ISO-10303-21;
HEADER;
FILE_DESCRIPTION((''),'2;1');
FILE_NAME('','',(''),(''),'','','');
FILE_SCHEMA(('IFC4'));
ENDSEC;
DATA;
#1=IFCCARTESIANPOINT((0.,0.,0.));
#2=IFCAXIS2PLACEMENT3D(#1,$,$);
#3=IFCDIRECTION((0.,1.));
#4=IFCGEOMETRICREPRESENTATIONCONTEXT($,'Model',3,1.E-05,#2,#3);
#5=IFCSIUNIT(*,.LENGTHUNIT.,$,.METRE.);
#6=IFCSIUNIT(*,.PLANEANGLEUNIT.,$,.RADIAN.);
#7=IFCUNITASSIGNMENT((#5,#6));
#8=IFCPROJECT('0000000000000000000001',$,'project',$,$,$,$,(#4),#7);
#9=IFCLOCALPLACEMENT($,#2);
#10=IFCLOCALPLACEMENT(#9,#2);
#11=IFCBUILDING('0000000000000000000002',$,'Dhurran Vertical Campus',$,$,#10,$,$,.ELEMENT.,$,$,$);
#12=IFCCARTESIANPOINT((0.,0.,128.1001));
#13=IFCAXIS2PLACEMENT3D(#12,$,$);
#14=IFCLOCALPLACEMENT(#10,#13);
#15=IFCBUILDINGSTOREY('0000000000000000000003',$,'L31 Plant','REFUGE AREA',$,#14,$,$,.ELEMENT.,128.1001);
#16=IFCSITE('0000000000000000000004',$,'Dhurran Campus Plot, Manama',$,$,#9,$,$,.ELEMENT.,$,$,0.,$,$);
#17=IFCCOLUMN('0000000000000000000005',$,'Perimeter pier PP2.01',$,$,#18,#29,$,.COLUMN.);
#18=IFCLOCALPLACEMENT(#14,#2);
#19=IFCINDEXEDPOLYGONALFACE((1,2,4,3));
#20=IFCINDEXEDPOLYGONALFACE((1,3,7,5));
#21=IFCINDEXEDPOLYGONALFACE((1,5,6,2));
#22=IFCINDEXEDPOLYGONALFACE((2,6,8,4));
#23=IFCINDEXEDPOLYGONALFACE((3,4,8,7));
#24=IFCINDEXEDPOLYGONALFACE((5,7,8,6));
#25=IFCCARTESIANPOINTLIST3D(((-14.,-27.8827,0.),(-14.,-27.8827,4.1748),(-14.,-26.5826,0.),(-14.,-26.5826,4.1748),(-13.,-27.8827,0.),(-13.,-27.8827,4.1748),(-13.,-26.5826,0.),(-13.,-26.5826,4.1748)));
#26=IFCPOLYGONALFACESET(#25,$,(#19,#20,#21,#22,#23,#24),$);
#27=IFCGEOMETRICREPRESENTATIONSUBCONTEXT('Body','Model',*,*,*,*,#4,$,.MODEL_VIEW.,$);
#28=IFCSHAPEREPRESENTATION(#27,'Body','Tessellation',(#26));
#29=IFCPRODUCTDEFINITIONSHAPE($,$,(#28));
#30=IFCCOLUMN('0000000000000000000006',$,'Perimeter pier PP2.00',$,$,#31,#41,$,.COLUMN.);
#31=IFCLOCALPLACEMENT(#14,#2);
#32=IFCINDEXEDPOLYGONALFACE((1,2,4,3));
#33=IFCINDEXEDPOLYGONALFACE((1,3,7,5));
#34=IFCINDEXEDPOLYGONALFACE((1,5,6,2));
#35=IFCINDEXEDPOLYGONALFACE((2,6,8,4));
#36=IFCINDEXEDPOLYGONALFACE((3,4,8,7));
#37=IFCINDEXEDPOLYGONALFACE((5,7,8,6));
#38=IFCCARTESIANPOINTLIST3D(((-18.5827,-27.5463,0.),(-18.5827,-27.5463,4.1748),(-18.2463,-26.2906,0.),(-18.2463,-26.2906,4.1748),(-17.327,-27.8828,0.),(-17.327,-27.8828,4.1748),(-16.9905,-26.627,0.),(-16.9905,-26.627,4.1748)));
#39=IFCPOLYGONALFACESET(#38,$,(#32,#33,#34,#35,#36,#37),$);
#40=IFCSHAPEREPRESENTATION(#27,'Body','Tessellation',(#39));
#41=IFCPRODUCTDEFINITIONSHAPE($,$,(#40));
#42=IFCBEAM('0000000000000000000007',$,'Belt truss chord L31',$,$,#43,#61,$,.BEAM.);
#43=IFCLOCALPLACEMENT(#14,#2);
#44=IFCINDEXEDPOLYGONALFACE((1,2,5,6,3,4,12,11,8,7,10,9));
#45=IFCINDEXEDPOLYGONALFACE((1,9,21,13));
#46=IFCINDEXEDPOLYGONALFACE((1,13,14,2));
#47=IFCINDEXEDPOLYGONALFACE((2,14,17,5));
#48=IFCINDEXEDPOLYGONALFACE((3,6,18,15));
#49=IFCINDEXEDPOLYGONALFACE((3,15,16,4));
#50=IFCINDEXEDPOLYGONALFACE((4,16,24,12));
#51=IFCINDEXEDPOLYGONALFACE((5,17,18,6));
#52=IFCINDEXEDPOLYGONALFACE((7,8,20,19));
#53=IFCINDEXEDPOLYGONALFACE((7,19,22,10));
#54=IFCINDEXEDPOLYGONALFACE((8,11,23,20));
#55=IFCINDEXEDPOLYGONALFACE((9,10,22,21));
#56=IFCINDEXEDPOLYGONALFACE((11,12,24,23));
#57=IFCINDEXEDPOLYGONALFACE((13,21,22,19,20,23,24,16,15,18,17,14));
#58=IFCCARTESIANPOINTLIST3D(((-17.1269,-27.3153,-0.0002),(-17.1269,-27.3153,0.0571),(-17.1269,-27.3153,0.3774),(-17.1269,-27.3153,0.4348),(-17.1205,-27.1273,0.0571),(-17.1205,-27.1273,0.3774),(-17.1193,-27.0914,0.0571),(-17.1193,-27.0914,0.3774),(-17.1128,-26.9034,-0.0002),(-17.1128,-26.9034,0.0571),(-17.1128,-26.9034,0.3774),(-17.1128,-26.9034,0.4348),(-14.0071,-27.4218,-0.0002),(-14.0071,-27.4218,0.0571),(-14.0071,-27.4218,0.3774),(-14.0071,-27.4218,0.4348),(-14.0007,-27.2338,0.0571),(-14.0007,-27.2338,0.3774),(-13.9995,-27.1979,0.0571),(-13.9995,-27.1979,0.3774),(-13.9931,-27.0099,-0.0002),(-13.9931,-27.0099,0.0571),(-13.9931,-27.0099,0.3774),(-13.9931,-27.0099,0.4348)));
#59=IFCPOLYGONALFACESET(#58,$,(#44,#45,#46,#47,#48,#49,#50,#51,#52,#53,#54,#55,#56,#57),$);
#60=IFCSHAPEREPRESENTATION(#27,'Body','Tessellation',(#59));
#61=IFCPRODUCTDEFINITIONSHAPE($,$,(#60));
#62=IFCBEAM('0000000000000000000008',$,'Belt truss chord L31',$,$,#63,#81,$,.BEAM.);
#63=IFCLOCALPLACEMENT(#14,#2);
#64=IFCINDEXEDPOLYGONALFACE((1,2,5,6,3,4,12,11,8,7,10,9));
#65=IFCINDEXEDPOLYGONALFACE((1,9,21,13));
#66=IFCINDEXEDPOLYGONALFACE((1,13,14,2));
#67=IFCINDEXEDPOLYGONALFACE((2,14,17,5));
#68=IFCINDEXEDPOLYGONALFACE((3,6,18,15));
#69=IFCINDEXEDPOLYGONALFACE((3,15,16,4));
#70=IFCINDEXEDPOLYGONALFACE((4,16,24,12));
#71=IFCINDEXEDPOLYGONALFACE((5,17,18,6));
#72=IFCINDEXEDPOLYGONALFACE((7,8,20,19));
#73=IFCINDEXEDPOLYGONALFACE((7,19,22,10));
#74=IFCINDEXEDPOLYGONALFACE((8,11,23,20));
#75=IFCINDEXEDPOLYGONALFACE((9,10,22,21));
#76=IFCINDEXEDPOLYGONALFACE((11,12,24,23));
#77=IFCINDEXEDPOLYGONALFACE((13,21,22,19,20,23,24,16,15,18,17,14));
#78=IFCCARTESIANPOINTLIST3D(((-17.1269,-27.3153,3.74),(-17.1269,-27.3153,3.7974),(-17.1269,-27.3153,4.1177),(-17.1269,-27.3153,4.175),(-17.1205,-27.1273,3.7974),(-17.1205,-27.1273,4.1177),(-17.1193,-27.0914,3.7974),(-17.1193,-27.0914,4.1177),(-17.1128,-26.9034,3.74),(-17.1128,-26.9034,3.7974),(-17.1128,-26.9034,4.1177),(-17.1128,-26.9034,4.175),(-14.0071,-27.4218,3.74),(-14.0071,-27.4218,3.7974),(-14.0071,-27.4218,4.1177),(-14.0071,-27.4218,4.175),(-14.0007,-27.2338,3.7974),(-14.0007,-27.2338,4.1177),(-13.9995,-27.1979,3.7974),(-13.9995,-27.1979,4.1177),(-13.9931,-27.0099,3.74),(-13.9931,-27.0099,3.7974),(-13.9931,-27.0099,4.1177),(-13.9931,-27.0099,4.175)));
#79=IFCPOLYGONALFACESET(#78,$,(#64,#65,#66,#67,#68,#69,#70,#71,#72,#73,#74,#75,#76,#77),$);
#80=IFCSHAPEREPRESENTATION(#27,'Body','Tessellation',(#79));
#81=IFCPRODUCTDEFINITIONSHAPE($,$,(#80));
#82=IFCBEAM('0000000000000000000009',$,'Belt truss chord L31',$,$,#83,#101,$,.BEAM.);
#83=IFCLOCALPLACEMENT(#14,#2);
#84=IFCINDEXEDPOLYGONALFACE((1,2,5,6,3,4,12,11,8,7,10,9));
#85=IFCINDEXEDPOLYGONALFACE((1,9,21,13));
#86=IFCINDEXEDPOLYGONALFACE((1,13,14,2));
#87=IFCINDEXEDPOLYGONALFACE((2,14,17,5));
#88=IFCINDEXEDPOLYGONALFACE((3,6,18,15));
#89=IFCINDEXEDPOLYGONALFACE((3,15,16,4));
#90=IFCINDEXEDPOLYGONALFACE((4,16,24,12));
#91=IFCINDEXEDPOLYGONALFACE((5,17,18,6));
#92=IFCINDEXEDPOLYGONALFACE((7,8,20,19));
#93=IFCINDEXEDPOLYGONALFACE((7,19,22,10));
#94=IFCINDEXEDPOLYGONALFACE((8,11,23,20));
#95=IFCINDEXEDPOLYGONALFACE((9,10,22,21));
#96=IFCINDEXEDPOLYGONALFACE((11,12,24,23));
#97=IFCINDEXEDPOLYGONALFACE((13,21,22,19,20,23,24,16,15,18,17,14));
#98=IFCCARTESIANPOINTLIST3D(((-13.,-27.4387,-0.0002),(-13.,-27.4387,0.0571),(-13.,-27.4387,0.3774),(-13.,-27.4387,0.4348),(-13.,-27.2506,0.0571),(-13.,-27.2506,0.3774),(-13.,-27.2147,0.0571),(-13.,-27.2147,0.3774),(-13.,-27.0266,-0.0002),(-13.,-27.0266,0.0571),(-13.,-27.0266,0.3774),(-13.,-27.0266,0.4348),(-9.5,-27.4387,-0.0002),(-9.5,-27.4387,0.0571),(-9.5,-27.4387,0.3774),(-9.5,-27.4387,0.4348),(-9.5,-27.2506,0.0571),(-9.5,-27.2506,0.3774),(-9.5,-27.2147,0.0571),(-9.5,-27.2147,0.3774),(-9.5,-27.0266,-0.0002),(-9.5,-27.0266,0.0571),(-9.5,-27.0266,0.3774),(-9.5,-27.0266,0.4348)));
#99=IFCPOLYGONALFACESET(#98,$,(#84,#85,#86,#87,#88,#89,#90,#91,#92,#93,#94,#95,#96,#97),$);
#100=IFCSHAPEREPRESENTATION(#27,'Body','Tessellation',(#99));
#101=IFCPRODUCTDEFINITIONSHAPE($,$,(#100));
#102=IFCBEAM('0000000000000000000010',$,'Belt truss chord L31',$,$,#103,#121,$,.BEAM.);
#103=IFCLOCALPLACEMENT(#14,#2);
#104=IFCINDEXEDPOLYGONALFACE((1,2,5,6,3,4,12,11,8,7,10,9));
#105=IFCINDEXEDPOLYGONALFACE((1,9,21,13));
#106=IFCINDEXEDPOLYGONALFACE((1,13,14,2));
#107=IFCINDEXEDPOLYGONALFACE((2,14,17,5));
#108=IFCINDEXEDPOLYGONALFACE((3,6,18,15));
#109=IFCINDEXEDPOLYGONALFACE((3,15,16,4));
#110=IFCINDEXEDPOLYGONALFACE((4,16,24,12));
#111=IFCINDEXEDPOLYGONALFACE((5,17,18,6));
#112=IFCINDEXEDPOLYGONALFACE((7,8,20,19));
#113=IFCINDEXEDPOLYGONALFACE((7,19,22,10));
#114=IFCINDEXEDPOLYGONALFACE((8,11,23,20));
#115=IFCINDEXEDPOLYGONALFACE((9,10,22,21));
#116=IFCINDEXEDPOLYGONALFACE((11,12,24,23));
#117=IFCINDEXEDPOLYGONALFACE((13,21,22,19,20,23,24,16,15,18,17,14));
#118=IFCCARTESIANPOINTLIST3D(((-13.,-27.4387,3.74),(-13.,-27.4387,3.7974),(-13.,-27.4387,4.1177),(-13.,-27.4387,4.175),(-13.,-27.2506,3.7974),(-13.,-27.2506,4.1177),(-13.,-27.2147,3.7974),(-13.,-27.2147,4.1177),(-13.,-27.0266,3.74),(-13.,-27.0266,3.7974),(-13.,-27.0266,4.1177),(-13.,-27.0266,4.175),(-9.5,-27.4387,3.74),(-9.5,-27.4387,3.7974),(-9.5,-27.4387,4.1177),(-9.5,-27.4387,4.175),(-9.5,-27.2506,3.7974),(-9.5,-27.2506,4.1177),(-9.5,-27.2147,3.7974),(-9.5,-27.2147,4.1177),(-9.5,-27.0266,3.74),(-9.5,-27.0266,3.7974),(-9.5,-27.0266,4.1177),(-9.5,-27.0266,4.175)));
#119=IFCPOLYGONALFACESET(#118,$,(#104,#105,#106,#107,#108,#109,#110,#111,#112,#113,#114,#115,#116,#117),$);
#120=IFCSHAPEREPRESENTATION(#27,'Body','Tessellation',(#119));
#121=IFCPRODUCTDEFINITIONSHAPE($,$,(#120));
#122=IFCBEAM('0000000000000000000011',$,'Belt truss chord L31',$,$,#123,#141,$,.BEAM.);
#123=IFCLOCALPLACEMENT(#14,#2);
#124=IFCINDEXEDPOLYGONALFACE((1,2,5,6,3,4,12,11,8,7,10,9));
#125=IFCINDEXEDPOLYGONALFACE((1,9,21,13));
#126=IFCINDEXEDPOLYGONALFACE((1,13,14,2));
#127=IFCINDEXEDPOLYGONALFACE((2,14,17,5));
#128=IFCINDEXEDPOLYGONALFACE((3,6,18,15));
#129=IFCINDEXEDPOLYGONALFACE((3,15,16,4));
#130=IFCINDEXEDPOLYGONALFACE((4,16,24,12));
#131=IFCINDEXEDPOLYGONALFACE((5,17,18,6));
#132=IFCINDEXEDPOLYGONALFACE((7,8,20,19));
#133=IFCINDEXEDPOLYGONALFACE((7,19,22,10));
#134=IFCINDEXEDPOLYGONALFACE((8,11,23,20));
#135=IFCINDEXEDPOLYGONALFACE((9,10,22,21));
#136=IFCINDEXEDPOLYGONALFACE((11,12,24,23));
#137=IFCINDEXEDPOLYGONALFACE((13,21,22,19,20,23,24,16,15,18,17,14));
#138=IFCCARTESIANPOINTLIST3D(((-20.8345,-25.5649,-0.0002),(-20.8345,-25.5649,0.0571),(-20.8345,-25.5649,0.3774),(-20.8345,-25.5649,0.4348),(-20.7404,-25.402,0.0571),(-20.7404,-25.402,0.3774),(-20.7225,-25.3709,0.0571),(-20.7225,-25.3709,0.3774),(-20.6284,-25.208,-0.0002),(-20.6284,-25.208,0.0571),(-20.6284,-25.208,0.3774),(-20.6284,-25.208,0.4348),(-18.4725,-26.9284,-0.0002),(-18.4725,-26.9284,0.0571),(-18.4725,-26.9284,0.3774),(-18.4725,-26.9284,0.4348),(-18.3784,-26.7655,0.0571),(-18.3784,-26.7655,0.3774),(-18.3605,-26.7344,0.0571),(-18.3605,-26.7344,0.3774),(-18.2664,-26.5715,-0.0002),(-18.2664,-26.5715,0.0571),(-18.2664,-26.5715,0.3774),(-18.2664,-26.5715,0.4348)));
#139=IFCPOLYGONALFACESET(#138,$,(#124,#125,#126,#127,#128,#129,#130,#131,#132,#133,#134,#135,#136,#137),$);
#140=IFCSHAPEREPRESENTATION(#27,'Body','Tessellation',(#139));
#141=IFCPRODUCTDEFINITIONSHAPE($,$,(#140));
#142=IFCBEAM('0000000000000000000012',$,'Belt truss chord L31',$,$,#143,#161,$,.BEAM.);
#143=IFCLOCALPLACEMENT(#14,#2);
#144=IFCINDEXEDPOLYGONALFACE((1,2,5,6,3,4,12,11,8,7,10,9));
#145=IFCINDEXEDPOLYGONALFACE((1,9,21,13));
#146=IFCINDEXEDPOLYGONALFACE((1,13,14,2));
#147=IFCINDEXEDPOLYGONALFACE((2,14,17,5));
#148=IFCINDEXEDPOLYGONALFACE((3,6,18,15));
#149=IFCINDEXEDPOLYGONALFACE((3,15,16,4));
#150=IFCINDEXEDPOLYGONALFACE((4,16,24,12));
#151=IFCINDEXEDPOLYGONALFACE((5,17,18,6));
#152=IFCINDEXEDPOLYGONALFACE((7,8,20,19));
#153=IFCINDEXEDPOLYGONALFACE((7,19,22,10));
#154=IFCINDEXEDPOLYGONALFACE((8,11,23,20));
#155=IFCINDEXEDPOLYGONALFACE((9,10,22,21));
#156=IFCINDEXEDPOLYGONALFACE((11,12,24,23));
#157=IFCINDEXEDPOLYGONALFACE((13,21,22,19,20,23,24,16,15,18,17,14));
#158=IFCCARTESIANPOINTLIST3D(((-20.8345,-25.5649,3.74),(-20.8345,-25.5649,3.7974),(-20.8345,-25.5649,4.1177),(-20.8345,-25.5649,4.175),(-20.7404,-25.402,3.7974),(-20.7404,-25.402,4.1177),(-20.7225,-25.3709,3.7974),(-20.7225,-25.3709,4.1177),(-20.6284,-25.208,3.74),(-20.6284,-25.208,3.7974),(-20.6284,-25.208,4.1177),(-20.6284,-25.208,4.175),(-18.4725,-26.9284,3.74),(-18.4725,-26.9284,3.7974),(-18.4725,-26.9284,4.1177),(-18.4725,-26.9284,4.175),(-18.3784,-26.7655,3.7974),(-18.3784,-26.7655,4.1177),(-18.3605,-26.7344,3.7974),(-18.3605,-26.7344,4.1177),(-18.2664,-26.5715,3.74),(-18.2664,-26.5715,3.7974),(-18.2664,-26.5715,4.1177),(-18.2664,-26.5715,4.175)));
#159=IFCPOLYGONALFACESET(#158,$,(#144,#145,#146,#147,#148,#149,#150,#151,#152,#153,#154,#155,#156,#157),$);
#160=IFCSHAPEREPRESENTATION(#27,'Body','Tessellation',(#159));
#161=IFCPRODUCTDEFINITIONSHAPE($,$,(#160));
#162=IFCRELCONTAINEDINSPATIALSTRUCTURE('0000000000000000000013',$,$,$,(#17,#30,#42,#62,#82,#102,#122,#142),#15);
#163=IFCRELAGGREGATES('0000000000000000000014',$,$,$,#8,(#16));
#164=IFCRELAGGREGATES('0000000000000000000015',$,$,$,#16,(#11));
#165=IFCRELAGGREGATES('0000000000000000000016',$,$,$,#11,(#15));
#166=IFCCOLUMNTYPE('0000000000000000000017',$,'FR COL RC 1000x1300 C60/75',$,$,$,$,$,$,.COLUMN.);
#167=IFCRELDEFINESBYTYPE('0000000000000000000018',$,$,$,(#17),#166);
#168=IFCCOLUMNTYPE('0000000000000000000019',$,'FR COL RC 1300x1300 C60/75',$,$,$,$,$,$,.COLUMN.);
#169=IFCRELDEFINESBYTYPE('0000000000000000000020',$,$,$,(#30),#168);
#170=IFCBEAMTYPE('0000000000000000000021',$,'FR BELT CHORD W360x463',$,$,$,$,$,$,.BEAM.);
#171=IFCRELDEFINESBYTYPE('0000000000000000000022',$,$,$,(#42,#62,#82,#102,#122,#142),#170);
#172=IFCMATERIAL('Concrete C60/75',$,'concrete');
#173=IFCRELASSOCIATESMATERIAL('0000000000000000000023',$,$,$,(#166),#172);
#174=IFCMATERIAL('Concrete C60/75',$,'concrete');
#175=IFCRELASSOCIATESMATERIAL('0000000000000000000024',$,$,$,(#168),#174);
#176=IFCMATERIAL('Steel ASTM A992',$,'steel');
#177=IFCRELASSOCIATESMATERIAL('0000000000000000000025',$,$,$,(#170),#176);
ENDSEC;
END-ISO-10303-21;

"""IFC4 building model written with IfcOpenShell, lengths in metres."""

from ifc_helpers import new_model, si_unit, direction, frame, origin, origin_2d, place, context, subcontext, project, spatial, rectangle, i_section, extrude, material, material_profile, profile_set, type_object, element, save


model = new_model("IFC4")

# Units and contexts
model_context = context("Model", 3, precision=1e-05, world=origin(), true_north=direction((0.0, 1.0)))
body_context = subcontext(model_context, "Body", "Model", "MODEL_VIEW")
ifc_project = project(units=[si_unit("LENGTHUNIT", "METRE"), si_unit("PLANEANGLEUNIT", "RADIAN")], contexts=[model_context])

# Site, building, storey
site_placement = place(None, origin())
site = spatial("IfcSite", under=ifc_project, at=site_placement, Name="Dhurran Campus Plot, Manama", CompositionType="ELEMENT", RefElevation=0.0)
building_placement = place(site_placement, origin())
building = spatial("IfcBuilding", under=site, at=building_placement, Name="Dhurran Vertical Campus", CompositionType="ELEMENT")
storey_placement = place(building_placement, frame((0.0, 0.0, 128.1001)))
storey = spatial("IfcBuildingStorey", under=building, at=storey_placement, Name="L31 Plant", Description="REFUGE AREA", CompositionType="ELEMENT", Elevation=128.1001)

# Columns
ifc_material_1 = material(Name="Concrete C60/75", Category="concrete")
ifc_material_profile_1 = material_profile(ifc_material_1, rectangle(XDim=1.0, YDim=1.3, at=origin_2d()), Name="RC 1000x1300")
ifc_profile_set_1 = profile_set([ifc_material_profile_1], Name="Concrete C60/75")
column_type_1 = type_object("IfcColumnType", Name="FR COL RC 1000x1300 C60/75", PredefinedType="COLUMN", material=ifc_profile_set_1)
column_1_placement = place(storey_placement, frame((-13.5, -27.2327, 0.0), z_axis=(0.0, 0.0, 1.0), x_axis=(1.0, 0.0, 0.0)))
element("IfcColumn", 1, at=column_1_placement, inside=storey, type_object=column_type_1, Name="Perimeter pier PP2.01", PredefinedType="COLUMN", context=body_context, shape_type="SweptSolid", body=[
    extrude(rectangle(XDim=1.0, YDim=1.3, at=origin_2d()), origin(), (0.0, 0.0, 1.0), 4.1748),
])
ifc_material_2 = material(Name="Concrete C60/75", Category="concrete")
ifc_material_profile_2 = material_profile(ifc_material_2, rectangle(XDim=1.3, YDim=1.3, at=origin_2d()), Name="RC 1300x1300")
ifc_profile_set_2 = profile_set([ifc_material_profile_2], Name="Concrete C60/75")
column_type_2 = type_object("IfcColumnType", Name="FR COL RC 1300x1300 C60/75", PredefinedType="COLUMN", material=ifc_profile_set_2)
column_2_placement = place(storey_placement, frame((-17.7866, -27.0867, 0.0), z_axis=(0.0, 0.0, 1.0), x_axis=(0.965926, -0.258819, 0.0)))
element("IfcColumn", 2, at=column_2_placement, inside=storey, type_object=column_type_2, Name="Perimeter pier PP2.00", PredefinedType="COLUMN", context=body_context, shape_type="SweptSolid", body=[
    extrude(rectangle(XDim=1.3, YDim=1.3, at=origin_2d()), origin(), (0.0, 0.0, 1.0), 4.1748),
])

# Beams
ifc_material_3 = material(Name="Steel ASTM A992", Category="steel")
ifc_material_profile_3 = material_profile(ifc_material_3, i_section(OverallWidth=0.4121, OverallDepth=0.4351, WebThickness=0.0359, FlangeThickness=0.0574, at=origin_2d()), Name="W360x463")
ifc_profile_set_3 = profile_set([ifc_material_profile_3], Name="Steel ASTM A992")
beam_type = type_object("IfcBeamType", Name="FR BELT CHORD W360x463", PredefinedType="BEAM", material=ifc_profile_set_3)
for number, where, z_axis, x_axis, name in (
    (3, (-17.1199, -27.1094, 0.2173), (0.999418, -0.034099, 0.0), (0.034099, 0.999418, 0.0), "Belt truss chord L31"),
    (4, (-17.1199, -27.1094, 3.9575), (0.999418, -0.034099, 0.0), (0.034099, 0.999418, 0.0), "Belt truss chord L31"),
):
    element("IfcBeam", number, at=place(storey_placement, frame(where, z_axis=z_axis, x_axis=x_axis)), inside=storey, type_object=beam_type, Name=name, PredefinedType="BEAM", context=body_context, shape_type="SweptSolid", body=[
        extrude(i_section(OverallWidth=0.4121, OverallDepth=0.4351, WebThickness=0.0359, FlangeThickness=0.0574, at=origin_2d()), origin(), (0.0, 0.0, 1.0), 3.1216),
    ])
for number, where, z_axis, x_axis, name in (
    (5, (-13.0, -27.2327, 0.2173), (1.0, 0.0, 0.0), (0.0, 1.0, 0.0), "Belt truss chord L31"),
    (6, (-13.0, -27.2327, 3.9575), (1.0, 0.0, 0.0), (0.0, 1.0, 0.0), "Belt truss chord L31"),
):
    element("IfcBeam", number, at=place(storey_placement, frame(where, z_axis=z_axis, x_axis=x_axis)), inside=storey, type_object=beam_type, Name=name, PredefinedType="BEAM", context=body_context, shape_type="SweptSolid", body=[
        extrude(i_section(OverallWidth=0.4121, OverallDepth=0.4351, WebThickness=0.0359, FlangeThickness=0.0574, at=origin_2d()), origin(), (0.0, 0.0, 1.0), 3.5),
    ])
for number, where, z_axis, x_axis, name in (
    (7, (-20.7314, -25.3865, 0.2173), (0.866059, -0.499942, 0.0), (0.499942, 0.866059, 0.0), "Belt truss chord L31"),
    (8, (-20.7314, -25.3865, 3.9575), (0.866059, -0.499942, 0.0), (0.499942, 0.866059, 0.0), "Belt truss chord L31"),
):
    element("IfcBeam", number, at=place(storey_placement, frame(where, z_axis=z_axis, x_axis=x_axis)), inside=storey, type_object=beam_type, Name=name, PredefinedType="BEAM", context=body_context, shape_type="SweptSolid", body=[
        extrude(i_section(OverallWidth=0.4121, OverallDepth=0.4351, WebThickness=0.0359, FlangeThickness=0.0574, at=origin_2d()), origin(), (0.0, 0.0, 1.0), 2.7273),
    ])

save(model, "model.ifc")
